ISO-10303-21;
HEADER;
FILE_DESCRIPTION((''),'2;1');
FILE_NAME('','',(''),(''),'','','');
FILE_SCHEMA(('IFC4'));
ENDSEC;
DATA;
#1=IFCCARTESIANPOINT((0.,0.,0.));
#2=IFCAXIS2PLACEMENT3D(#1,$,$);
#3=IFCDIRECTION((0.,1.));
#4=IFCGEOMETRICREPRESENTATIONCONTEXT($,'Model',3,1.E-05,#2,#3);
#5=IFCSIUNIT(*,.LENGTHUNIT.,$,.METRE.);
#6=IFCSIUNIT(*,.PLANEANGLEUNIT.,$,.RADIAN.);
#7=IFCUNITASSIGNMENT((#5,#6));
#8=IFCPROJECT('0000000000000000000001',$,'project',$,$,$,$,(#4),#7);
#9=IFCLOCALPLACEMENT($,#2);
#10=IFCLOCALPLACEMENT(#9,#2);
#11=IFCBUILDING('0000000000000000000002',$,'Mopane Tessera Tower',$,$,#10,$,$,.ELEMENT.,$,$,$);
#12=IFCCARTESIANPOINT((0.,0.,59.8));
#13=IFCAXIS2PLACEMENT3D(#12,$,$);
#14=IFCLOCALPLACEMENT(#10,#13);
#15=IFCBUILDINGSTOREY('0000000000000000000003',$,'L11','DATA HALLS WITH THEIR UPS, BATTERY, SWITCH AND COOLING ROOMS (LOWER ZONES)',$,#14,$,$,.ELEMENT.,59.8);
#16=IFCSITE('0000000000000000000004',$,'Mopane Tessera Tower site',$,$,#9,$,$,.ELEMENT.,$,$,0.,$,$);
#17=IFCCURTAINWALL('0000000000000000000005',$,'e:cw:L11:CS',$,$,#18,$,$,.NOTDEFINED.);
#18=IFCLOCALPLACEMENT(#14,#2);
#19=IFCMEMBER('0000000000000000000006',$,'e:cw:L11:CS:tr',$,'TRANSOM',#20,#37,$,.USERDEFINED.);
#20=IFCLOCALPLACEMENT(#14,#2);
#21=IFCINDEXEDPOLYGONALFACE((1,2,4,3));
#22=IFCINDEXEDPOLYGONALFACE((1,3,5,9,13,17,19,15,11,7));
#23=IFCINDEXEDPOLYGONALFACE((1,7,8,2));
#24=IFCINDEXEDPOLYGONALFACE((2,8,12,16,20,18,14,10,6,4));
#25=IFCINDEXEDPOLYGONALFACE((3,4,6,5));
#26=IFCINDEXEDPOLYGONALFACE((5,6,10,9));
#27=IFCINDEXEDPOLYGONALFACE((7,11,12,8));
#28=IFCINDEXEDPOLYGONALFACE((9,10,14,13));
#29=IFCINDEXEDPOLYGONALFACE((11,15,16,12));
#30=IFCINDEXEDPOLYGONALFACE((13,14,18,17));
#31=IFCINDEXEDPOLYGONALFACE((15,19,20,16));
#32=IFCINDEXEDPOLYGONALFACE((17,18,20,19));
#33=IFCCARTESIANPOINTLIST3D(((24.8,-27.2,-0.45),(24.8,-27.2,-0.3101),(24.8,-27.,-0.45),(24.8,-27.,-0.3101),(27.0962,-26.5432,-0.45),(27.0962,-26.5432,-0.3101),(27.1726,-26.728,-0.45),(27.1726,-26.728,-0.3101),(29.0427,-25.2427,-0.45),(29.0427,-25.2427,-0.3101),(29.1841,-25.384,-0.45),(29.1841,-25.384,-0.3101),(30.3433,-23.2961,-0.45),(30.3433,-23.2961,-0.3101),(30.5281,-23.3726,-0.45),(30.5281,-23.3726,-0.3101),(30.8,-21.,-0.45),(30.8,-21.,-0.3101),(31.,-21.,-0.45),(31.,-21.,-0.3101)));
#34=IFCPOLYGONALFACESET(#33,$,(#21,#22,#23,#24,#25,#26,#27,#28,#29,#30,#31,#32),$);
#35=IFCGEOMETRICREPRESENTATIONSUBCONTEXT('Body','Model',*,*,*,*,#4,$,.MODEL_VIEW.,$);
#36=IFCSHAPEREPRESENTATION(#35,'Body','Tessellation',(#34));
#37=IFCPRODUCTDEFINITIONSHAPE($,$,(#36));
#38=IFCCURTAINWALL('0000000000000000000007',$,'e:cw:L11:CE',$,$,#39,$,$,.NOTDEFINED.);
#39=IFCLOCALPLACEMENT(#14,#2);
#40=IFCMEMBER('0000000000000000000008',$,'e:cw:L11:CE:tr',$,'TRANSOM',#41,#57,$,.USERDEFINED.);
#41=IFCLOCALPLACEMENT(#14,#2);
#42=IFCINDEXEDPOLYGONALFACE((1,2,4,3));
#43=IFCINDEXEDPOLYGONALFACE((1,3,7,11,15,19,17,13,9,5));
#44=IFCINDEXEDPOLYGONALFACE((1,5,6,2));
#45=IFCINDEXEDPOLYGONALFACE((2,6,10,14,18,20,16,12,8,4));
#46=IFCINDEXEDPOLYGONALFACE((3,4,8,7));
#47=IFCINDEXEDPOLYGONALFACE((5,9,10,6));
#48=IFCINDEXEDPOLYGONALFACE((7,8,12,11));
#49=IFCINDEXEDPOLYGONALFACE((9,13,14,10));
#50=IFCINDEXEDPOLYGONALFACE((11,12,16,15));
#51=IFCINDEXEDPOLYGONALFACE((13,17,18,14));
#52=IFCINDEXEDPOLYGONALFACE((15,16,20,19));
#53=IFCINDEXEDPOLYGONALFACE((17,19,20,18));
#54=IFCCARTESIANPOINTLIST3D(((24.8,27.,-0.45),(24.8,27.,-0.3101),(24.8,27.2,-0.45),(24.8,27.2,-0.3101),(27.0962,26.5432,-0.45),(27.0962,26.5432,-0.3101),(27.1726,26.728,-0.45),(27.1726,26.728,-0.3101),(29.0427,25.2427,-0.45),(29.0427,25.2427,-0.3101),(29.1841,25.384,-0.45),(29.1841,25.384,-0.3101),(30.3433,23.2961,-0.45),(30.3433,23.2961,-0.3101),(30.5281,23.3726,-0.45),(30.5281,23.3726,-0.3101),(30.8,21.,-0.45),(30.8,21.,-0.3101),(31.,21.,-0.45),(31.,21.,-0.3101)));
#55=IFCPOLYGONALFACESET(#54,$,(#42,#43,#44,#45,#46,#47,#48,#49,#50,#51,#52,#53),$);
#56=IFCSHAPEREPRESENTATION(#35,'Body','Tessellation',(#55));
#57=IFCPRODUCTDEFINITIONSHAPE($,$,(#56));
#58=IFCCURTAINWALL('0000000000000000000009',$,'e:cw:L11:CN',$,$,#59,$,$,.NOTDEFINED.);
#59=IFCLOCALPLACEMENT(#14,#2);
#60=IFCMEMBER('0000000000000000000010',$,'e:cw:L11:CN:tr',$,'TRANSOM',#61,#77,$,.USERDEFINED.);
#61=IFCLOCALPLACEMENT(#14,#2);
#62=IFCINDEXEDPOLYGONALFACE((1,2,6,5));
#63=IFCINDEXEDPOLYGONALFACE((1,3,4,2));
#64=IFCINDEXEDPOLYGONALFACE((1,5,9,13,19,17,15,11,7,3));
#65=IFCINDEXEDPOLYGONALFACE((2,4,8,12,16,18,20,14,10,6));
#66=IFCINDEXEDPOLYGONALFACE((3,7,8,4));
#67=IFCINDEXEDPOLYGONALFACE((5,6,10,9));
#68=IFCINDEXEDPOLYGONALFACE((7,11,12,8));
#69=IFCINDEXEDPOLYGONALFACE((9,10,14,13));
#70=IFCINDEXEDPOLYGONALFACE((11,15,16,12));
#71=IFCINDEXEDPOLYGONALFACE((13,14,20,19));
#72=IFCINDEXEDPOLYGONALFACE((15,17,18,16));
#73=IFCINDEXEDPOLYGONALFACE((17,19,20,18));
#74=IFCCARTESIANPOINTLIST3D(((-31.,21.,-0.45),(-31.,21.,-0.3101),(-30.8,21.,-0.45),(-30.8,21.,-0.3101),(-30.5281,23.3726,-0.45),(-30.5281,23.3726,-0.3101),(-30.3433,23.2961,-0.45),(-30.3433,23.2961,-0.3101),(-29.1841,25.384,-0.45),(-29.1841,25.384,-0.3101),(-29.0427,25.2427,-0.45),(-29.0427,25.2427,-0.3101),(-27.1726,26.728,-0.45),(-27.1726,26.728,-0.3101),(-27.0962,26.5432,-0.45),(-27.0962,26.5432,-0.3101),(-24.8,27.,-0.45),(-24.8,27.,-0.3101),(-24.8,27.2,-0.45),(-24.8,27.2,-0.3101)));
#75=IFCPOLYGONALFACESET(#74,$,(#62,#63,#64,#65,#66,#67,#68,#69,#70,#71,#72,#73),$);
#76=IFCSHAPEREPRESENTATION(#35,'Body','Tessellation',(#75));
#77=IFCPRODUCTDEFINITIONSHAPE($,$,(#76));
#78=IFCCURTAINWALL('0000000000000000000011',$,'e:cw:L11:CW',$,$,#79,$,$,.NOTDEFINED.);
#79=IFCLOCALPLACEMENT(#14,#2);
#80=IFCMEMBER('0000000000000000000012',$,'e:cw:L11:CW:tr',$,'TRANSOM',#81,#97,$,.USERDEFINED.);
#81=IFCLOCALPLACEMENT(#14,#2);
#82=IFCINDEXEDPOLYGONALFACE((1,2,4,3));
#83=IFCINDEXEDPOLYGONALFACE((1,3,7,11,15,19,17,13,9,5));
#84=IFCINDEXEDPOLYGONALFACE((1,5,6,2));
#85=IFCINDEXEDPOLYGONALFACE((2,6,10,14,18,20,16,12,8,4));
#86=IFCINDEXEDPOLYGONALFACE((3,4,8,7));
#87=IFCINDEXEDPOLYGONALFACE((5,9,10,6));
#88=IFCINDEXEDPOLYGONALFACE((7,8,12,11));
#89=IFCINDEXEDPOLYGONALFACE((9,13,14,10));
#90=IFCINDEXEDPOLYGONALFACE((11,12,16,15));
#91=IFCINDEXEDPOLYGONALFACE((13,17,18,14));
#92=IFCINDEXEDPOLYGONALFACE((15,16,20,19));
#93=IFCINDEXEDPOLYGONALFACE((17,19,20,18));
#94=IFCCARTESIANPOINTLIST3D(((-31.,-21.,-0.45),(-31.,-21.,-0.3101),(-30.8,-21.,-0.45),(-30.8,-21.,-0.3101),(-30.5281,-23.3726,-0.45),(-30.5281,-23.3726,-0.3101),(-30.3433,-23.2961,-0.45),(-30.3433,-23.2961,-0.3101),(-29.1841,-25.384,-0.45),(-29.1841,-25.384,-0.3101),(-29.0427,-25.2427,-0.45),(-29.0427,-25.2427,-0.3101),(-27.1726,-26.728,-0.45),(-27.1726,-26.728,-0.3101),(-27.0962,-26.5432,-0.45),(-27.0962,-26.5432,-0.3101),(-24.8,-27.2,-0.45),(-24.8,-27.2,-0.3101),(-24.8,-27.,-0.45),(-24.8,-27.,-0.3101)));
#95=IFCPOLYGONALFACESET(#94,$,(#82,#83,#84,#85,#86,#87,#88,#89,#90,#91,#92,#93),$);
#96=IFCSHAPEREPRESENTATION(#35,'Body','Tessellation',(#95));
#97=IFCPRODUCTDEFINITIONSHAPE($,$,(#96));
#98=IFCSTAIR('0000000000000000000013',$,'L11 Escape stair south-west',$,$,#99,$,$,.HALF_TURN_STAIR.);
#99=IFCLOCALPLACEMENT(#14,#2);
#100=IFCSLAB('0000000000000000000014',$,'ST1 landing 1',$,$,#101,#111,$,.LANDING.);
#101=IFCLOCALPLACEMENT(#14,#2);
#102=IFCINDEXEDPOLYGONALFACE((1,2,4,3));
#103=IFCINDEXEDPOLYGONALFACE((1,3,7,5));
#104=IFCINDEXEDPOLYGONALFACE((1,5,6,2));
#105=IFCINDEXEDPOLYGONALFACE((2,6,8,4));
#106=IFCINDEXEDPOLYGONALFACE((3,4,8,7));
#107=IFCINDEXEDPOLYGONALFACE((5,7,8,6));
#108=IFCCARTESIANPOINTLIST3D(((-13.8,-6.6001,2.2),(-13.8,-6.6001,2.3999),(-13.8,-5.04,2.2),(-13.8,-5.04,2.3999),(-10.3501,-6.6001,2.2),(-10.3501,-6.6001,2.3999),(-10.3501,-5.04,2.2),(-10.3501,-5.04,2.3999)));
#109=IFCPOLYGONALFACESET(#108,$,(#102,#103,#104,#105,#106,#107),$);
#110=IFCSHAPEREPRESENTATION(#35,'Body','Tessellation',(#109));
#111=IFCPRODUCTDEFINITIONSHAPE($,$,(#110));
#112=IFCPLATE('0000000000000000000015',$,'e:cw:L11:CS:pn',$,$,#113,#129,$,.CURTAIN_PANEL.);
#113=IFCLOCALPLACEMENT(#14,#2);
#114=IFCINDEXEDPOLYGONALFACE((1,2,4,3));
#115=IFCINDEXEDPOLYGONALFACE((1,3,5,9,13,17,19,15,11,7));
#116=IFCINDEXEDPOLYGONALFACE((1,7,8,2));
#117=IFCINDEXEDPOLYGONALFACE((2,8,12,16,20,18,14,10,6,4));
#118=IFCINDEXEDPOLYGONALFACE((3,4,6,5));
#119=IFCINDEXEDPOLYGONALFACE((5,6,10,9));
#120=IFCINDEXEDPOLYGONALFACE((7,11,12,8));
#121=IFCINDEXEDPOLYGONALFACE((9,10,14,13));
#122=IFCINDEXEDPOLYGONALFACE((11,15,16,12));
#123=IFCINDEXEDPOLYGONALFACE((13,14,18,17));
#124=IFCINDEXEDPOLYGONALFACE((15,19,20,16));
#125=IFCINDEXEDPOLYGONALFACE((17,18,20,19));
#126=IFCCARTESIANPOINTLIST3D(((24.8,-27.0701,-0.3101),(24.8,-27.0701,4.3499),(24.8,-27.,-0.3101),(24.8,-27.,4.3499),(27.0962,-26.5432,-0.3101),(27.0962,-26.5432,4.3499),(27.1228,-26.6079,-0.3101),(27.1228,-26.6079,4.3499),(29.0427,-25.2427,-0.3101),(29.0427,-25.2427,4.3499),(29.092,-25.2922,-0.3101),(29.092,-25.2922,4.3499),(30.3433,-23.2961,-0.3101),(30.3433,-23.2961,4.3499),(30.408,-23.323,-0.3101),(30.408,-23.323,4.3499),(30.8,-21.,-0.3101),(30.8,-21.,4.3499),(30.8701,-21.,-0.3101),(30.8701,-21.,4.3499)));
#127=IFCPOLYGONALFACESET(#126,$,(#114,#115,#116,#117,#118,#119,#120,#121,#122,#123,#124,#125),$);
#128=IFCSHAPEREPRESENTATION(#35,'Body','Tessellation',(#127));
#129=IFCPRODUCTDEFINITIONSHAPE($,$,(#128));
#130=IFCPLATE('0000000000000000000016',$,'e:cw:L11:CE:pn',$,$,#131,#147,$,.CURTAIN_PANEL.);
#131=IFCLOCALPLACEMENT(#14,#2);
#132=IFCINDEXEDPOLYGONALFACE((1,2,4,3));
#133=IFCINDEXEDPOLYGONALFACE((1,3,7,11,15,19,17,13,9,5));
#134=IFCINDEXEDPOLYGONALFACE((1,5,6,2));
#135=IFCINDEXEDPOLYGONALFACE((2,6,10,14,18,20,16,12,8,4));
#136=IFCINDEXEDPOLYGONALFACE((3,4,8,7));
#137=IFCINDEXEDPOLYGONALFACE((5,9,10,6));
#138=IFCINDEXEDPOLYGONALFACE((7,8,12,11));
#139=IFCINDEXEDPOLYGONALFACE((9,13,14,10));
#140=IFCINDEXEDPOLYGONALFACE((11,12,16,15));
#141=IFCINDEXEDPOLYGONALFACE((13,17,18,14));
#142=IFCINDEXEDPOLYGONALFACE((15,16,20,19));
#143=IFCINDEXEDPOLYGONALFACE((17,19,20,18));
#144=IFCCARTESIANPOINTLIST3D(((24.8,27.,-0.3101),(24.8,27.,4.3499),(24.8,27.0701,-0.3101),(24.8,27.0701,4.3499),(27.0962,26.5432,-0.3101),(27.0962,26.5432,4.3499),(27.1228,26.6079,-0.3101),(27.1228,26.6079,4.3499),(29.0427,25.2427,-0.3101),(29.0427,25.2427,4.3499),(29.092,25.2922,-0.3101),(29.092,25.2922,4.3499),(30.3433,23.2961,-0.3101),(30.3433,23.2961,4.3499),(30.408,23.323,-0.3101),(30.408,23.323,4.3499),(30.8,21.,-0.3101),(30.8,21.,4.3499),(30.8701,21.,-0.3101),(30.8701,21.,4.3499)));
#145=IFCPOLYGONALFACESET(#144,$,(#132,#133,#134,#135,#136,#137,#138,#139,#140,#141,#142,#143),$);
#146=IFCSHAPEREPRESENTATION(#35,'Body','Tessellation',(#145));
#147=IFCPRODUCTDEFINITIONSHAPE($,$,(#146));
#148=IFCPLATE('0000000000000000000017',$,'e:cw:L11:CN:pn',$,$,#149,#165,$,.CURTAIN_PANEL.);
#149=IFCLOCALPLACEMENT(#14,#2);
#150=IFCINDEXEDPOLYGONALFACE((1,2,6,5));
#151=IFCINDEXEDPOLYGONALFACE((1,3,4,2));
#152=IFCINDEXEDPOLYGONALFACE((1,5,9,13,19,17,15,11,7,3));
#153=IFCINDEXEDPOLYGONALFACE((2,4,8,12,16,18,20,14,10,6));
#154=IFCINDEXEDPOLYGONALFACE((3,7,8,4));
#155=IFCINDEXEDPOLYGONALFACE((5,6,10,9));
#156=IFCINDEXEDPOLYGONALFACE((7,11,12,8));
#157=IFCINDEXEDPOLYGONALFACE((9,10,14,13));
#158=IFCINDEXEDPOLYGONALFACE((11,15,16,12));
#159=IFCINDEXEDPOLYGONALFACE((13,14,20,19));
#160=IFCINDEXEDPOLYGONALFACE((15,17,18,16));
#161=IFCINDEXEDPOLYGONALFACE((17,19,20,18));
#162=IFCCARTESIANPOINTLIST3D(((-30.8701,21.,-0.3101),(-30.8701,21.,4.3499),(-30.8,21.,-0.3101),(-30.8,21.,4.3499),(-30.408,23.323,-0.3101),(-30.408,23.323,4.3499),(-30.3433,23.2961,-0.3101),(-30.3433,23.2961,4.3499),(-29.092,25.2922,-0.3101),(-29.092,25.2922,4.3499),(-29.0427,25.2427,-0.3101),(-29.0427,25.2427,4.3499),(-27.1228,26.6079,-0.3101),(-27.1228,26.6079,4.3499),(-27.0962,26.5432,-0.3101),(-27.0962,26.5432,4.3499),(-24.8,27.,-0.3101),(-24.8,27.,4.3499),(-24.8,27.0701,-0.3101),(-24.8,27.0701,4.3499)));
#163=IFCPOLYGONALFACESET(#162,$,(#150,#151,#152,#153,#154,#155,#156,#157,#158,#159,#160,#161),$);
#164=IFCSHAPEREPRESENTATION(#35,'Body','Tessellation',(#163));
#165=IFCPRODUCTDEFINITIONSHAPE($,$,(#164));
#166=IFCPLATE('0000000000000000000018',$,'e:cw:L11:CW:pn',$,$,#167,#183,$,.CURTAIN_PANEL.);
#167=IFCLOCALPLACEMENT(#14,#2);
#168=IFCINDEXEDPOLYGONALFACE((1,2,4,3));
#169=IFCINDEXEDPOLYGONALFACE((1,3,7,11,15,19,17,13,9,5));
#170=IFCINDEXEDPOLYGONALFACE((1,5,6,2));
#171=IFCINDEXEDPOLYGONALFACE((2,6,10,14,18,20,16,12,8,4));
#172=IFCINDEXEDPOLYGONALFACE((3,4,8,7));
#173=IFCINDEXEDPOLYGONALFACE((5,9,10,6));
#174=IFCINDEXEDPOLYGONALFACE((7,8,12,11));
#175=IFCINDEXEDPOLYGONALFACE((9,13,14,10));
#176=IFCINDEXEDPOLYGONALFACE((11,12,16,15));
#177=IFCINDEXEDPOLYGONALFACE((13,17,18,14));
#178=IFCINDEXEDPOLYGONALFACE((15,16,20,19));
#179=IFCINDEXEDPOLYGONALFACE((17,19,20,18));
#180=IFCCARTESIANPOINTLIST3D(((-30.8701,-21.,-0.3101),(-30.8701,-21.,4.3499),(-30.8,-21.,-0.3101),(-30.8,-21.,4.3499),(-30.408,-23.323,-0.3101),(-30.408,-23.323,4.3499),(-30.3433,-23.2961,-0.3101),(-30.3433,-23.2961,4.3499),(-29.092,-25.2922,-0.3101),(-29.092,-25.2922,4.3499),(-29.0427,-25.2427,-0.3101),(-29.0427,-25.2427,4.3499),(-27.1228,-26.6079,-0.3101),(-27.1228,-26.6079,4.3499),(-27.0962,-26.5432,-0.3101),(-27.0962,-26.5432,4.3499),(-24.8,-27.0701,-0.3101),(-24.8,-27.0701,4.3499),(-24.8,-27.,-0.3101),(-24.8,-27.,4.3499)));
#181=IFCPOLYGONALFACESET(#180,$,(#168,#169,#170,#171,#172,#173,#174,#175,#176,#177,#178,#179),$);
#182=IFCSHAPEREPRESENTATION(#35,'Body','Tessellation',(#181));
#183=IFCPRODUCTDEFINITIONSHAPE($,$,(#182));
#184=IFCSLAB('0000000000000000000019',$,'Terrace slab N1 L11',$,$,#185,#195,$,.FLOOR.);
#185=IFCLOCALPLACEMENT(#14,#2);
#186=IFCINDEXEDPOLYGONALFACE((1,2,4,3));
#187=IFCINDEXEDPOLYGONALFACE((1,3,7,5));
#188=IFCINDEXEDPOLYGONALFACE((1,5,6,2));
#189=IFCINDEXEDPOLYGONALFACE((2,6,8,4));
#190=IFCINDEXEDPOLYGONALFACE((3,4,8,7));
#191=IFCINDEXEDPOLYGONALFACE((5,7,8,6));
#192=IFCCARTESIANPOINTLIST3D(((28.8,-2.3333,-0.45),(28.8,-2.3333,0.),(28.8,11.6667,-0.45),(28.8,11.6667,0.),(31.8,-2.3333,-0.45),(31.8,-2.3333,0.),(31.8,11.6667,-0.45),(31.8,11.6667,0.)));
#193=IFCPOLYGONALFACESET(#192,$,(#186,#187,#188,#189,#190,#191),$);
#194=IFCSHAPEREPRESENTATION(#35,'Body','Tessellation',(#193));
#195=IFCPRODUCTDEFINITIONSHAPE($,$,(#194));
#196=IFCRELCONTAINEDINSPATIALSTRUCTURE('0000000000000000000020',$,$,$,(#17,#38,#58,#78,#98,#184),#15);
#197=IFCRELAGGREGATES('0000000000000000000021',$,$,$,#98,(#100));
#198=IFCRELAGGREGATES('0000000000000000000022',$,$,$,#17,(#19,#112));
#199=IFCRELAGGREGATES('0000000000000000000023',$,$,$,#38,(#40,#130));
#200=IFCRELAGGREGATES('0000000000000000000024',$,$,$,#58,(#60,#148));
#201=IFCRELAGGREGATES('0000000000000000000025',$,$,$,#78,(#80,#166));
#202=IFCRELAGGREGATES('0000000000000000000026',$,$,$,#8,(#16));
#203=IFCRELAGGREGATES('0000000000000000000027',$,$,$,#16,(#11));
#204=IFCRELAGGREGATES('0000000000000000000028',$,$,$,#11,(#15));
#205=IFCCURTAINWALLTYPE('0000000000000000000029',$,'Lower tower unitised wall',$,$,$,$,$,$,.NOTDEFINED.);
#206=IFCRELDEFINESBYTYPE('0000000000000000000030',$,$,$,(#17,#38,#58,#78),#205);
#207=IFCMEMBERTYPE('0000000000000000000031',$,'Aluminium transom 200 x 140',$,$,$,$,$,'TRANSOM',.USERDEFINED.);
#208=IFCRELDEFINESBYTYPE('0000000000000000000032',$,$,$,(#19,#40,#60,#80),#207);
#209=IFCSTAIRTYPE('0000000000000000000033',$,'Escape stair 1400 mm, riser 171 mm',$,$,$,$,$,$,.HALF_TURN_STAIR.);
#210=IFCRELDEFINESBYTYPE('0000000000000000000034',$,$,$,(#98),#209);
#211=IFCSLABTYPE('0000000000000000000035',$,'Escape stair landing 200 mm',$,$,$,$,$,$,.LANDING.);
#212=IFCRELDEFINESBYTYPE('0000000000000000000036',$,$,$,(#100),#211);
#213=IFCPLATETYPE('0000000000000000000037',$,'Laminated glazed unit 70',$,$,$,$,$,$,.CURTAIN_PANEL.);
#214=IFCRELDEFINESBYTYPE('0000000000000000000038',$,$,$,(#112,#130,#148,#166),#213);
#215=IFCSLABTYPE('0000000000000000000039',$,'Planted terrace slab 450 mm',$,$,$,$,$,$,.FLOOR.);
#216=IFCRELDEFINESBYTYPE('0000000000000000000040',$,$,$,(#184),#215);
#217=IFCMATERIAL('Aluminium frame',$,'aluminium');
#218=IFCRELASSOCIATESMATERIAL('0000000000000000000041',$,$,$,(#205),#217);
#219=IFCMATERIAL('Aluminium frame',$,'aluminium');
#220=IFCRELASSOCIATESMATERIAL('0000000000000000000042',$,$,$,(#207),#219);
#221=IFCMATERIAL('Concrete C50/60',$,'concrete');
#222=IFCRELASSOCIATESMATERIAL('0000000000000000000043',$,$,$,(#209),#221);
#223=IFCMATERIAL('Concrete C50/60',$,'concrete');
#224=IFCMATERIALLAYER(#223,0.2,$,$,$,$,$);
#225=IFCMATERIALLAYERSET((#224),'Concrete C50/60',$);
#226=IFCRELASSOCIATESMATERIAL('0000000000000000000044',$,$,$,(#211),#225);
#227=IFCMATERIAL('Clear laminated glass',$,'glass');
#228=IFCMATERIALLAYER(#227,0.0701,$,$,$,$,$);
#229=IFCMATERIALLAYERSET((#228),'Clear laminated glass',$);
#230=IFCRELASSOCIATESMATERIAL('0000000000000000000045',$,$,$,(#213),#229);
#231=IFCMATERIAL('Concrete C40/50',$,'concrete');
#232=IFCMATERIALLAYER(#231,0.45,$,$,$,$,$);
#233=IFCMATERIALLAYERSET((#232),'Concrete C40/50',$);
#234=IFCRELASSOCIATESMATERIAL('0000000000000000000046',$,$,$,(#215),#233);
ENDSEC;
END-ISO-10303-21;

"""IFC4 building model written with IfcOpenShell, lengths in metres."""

from ifc_helpers import new_model, si_unit, direction, frame, origin, origin_2d, place, context, subcontext, project, spatial, polyline, rectangle, outline, extrude, material, layer, layer_set, material_profile, profile_set, type_object, element, aggregate, save


model = new_model("IFC4")

# Units and contexts
model_context = context("Model", 3, precision=1e-05, world=origin(), true_north=direction((0.0, 1.0)))
body_context = subcontext(model_context, "Body", "Model", "MODEL_VIEW")
ifc_project = project(units=[si_unit("LENGTHUNIT", "METRE"), si_unit("PLANEANGLEUNIT", "RADIAN")], contexts=[model_context])

# Site, building, storey
site_placement = place(None, origin())
site = spatial("IfcSite", under=ifc_project, at=site_placement, Name="Mopane Tessera Tower site", CompositionType="ELEMENT", RefElevation=0.0)
building_placement = place(site_placement, origin())
building = spatial("IfcBuilding", under=site, at=building_placement, Name="Mopane Tessera Tower", CompositionType="ELEMENT")
storey_placement = place(building_placement, frame((0.0, 0.0, 59.8)))
storey = spatial("IfcBuildingStorey", under=building, at=storey_placement, Name="L11", Description="DATA HALLS WITH THEIR UPS, BATTERY, SWITCH AND COOLING ROOMS (LOWER ZONES)", CompositionType="ELEMENT", Elevation=59.8)

# Curtain walls, members
ifc_material_1 = material(Name="Aluminium frame", Category="aluminium")
curtain_wall_type = type_object("IfcCurtainWallType", Name="Lower tower unitised wall", PredefinedType="NOTDEFINED", material=ifc_material_1)
curtain_wall_1_placement = place(storey_placement, origin())
curtain_wall_1 = element("IfcCurtainWall", 1, at=curtain_wall_1_placement, inside=storey, type_object=curtain_wall_type, Name="e:cw:L11:CS", PredefinedType="NOTDEFINED")
ifc_material_2 = material(Name="Aluminium frame", Category="aluminium")
ifc_material_profile = material_profile(ifc_material_2, rectangle(XDim=0.2, YDim=0.1399, at=origin_2d()))
ifc_profile_set = profile_set([ifc_material_profile], Name="Aluminium frame")
member_type = type_object("IfcMemberType", Name="Aluminium transom 200 x 140", ElementType="TRANSOM", PredefinedType="USERDEFINED", material=ifc_profile_set)
member_1_placement = place(storey_placement, frame((0.0, 0.0, -0.45)))
member_1 = element("IfcMember", 2, at=member_1_placement, type_object=member_type, Name="e:cw:L11:CS:tr", ObjectType="TRANSOM", PredefinedType="USERDEFINED", context=body_context, shape_type="SweptSolid", body=[
    extrude(outline(polyline([(24.8, -27.0), (27.0962, -26.5432), (29.0427, -25.2427), (30.3433, -23.2961), (30.8, -21.0), (31.0, -21.0), (30.5281, -23.3726), (29.1841, -25.384), (27.1726, -26.728), (24.8, -27.2), (24.8, -27.0)])), origin(), (0.0, 0.0, 1.0), 0.1399),
])
curtain_wall_2_placement = place(storey_placement, origin())
curtain_wall_2 = element("IfcCurtainWall", 3, at=curtain_wall_2_placement, inside=storey, type_object=curtain_wall_type, Name="e:cw:L11:CE", PredefinedType="NOTDEFINED")
member_2_placement = place(storey_placement, frame((0.0, 0.0, -0.45)))
member_2 = element("IfcMember", 4, at=member_2_placement, type_object=member_type, Name="e:cw:L11:CE:tr", ObjectType="TRANSOM", PredefinedType="USERDEFINED", context=body_context, shape_type="SweptSolid", body=[
    extrude(outline(polyline([(30.8, 21.0), (30.3433, 23.2961), (29.0427, 25.2427), (27.0962, 26.5432), (24.8, 27.0), (24.8, 27.2), (27.1726, 26.728), (29.1841, 25.384), (30.5281, 23.3726), (31.0, 21.0), (30.8, 21.0)])), origin(), (0.0, 0.0, 1.0), 0.1399),
])
curtain_wall_3_placement = place(storey_placement, origin())
curtain_wall_3 = element("IfcCurtainWall", 5, at=curtain_wall_3_placement, inside=storey, type_object=curtain_wall_type, Name="e:cw:L11:CN", PredefinedType="NOTDEFINED")
member_3_placement = place(storey_placement, frame((0.0, 0.0, -0.45)))
member_3 = element("IfcMember", 6, at=member_3_placement, type_object=member_type, Name="e:cw:L11:CN:tr", ObjectType="TRANSOM", PredefinedType="USERDEFINED", context=body_context, shape_type="SweptSolid", body=[
    extrude(outline(polyline([(-24.8, 27.0), (-27.0962, 26.5432), (-29.0427, 25.2427), (-30.3433, 23.2961), (-30.8, 21.0), (-31.0, 21.0), (-30.5281, 23.3726), (-29.1841, 25.384), (-27.1726, 26.728), (-24.8, 27.2), (-24.8, 27.0)])), origin(), (0.0, 0.0, 1.0), 0.1399),
])
curtain_wall_4_placement = place(storey_placement, origin())
curtain_wall_4 = element("IfcCurtainWall", 7, at=curtain_wall_4_placement, inside=storey, type_object=curtain_wall_type, Name="e:cw:L11:CW", PredefinedType="NOTDEFINED")
member_4_placement = place(storey_placement, frame((0.0, 0.0, -0.45)))
member_4 = element("IfcMember", 8, at=member_4_placement, type_object=member_type, Name="e:cw:L11:CW:tr", ObjectType="TRANSOM", PredefinedType="USERDEFINED", context=body_context, shape_type="SweptSolid", body=[
    extrude(outline(polyline([(-30.8, -21.0), (-30.3433, -23.2961), (-29.0427, -25.2427), (-27.0962, -26.5432), (-24.8, -27.0), (-24.8, -27.2), (-27.1726, -26.728), (-29.1841, -25.384), (-30.5281, -23.3726), (-31.0, -21.0), (-30.8, -21.0)])), origin(), (0.0, 0.0, 1.0), 0.1399),
])

# Stair, slab
ifc_material_3 = material(Name="Concrete C50/60", Category="concrete")
stair_type = type_object("IfcStairType", Name="Escape stair 1400 mm, riser 171 mm", PredefinedType="HALF_TURN_STAIR", material=ifc_material_3)
stair_placement = place(storey_placement, origin())
stair = element("IfcStair", 9, at=stair_placement, inside=storey, type_object=stair_type, Name="L11 Escape stair south-west", PredefinedType="HALF_TURN_STAIR")
ifc_material_4 = material(Name="Concrete C50/60", Category="concrete")
ifc_layer_1 = layer(ifc_material_4, 0.2)
ifc_layer_set_1 = layer_set([ifc_layer_1], Name="Concrete C50/60")
slab_type_1 = type_object("IfcSlabType", Name="Escape stair landing 200 mm", PredefinedType="LANDING", material=ifc_layer_set_1)
slab_1_placement = place(storey_placement, frame((0.0, 0.0, 2.2)))
slab_1 = element("IfcSlab", 10, at=slab_1_placement, type_object=slab_type_1, Name="ST1 landing 1", PredefinedType="LANDING", context=body_context, shape_type="SweptSolid", body=[
    extrude(outline(polyline([(-13.8, -5.04), (-13.8, -6.6001), (-10.3501, -6.6001), (-10.3501, -5.04), (-13.8, -5.04)])), origin(), (0.0, 0.0, 1.0), 0.2),
])
aggregate(stair, [slab_1])

# Plates
ifc_material_5 = material(Name="Clear laminated glass", Category="glass")
ifc_layer_2 = layer(ifc_material_5, 0.0701)
ifc_layer_set_2 = layer_set([ifc_layer_2], Name="Clear laminated glass")
plate_type = type_object("IfcPlateType", Name="Laminated glazed unit 70", PredefinedType="CURTAIN_PANEL", material=ifc_layer_set_2)
plate_1_placement = place(storey_placement, frame((0.0, 0.0, -0.3101)))
plate_1 = element("IfcPlate", 11, at=plate_1_placement, type_object=plate_type, Name="e:cw:L11:CS:pn", PredefinedType="CURTAIN_PANEL", context=body_context, shape_type="SweptSolid", body=[
    extrude(outline(polyline([(24.8, -27.0), (27.0962, -26.5432), (29.0427, -25.2427), (30.3433, -23.2961), (30.8, -21.0), (30.8701, -21.0), (30.408, -23.323), (29.092, -25.2922), (27.1228, -26.6079), (24.8, -27.0701), (24.8, -27.0)])), origin(), (0.0, 0.0, 1.0), 4.6599),
])
aggregate(curtain_wall_1, [member_1, plate_1])
plate_2_placement = place(storey_placement, frame((0.0, 0.0, -0.3101)))
plate_2 = element("IfcPlate", 12, at=plate_2_placement, type_object=plate_type, Name="e:cw:L11:CE:pn", PredefinedType="CURTAIN_PANEL", context=body_context, shape_type="SweptSolid", body=[
    extrude(outline(polyline([(30.8, 21.0), (30.3433, 23.2961), (29.0427, 25.2427), (27.0962, 26.5432), (24.8, 27.0), (24.8, 27.0701), (27.1228, 26.6079), (29.092, 25.2922), (30.408, 23.323), (30.8701, 21.0), (30.8, 21.0)])), origin(), (0.0, 0.0, 1.0), 4.6599),
])
aggregate(curtain_wall_2, [member_2, plate_2])
plate_3_placement = place(storey_placement, frame((0.0, 0.0, -0.3101)))
plate_3 = element("IfcPlate", 13, at=plate_3_placement, type_object=plate_type, Name="e:cw:L11:CN:pn", PredefinedType="CURTAIN_PANEL", context=body_context, shape_type="SweptSolid", body=[
    extrude(outline(polyline([(-24.8, 27.0), (-27.0962, 26.5432), (-29.0427, 25.2427), (-30.3433, 23.2961), (-30.8, 21.0), (-30.8701, 21.0), (-30.408, 23.323), (-29.092, 25.2922), (-27.1228, 26.6079), (-24.8, 27.0701), (-24.8, 27.0)])), origin(), (0.0, 0.0, 1.0), 4.6599),
])
aggregate(curtain_wall_3, [member_3, plate_3])
plate_4_placement = place(storey_placement, frame((0.0, 0.0, -0.3101)))
plate_4 = element("IfcPlate", 14, at=plate_4_placement, type_object=plate_type, Name="e:cw:L11:CW:pn", PredefinedType="CURTAIN_PANEL", context=body_context, shape_type="SweptSolid", body=[
    extrude(outline(polyline([(-30.8, -21.0), (-30.3433, -23.2961), (-29.0427, -25.2427), (-27.0962, -26.5432), (-24.8, -27.0), (-24.8, -27.0701), (-27.1228, -26.6079), (-29.092, -25.2922), (-30.408, -23.323), (-30.8701, -21.0), (-30.8, -21.0)])), origin(), (0.0, 0.0, 1.0), 4.6599),
])
aggregate(curtain_wall_4, [member_4, plate_4])

# Slab
ifc_material_6 = material(Name="Concrete C40/50", Category="concrete")
ifc_layer_3 = layer(ifc_material_6, 0.45)
ifc_layer_set_3 = layer_set([ifc_layer_3], Name="Concrete C40/50")
slab_type_2 = type_object("IfcSlabType", Name="Planted terrace slab 450 mm", PredefinedType="FLOOR", material=ifc_layer_set_3)
slab_2_placement = place(storey_placement, frame((0.0, 0.0, -0.45)))
element("IfcSlab", 15, at=slab_2_placement, inside=storey, type_object=slab_type_2, Name="Terrace slab N1 L11", PredefinedType="FLOOR", context=body_context, shape_type="SweptSolid", body=[
    extrude(outline(polyline([(31.8, 11.6667), (28.8, 11.6667), (28.8, -2.3333), (31.8, -2.3333), (31.8, 11.6667)])), origin(), (0.0, 0.0, 1.0), 0.45),
])

save(model, "model.ifc")
